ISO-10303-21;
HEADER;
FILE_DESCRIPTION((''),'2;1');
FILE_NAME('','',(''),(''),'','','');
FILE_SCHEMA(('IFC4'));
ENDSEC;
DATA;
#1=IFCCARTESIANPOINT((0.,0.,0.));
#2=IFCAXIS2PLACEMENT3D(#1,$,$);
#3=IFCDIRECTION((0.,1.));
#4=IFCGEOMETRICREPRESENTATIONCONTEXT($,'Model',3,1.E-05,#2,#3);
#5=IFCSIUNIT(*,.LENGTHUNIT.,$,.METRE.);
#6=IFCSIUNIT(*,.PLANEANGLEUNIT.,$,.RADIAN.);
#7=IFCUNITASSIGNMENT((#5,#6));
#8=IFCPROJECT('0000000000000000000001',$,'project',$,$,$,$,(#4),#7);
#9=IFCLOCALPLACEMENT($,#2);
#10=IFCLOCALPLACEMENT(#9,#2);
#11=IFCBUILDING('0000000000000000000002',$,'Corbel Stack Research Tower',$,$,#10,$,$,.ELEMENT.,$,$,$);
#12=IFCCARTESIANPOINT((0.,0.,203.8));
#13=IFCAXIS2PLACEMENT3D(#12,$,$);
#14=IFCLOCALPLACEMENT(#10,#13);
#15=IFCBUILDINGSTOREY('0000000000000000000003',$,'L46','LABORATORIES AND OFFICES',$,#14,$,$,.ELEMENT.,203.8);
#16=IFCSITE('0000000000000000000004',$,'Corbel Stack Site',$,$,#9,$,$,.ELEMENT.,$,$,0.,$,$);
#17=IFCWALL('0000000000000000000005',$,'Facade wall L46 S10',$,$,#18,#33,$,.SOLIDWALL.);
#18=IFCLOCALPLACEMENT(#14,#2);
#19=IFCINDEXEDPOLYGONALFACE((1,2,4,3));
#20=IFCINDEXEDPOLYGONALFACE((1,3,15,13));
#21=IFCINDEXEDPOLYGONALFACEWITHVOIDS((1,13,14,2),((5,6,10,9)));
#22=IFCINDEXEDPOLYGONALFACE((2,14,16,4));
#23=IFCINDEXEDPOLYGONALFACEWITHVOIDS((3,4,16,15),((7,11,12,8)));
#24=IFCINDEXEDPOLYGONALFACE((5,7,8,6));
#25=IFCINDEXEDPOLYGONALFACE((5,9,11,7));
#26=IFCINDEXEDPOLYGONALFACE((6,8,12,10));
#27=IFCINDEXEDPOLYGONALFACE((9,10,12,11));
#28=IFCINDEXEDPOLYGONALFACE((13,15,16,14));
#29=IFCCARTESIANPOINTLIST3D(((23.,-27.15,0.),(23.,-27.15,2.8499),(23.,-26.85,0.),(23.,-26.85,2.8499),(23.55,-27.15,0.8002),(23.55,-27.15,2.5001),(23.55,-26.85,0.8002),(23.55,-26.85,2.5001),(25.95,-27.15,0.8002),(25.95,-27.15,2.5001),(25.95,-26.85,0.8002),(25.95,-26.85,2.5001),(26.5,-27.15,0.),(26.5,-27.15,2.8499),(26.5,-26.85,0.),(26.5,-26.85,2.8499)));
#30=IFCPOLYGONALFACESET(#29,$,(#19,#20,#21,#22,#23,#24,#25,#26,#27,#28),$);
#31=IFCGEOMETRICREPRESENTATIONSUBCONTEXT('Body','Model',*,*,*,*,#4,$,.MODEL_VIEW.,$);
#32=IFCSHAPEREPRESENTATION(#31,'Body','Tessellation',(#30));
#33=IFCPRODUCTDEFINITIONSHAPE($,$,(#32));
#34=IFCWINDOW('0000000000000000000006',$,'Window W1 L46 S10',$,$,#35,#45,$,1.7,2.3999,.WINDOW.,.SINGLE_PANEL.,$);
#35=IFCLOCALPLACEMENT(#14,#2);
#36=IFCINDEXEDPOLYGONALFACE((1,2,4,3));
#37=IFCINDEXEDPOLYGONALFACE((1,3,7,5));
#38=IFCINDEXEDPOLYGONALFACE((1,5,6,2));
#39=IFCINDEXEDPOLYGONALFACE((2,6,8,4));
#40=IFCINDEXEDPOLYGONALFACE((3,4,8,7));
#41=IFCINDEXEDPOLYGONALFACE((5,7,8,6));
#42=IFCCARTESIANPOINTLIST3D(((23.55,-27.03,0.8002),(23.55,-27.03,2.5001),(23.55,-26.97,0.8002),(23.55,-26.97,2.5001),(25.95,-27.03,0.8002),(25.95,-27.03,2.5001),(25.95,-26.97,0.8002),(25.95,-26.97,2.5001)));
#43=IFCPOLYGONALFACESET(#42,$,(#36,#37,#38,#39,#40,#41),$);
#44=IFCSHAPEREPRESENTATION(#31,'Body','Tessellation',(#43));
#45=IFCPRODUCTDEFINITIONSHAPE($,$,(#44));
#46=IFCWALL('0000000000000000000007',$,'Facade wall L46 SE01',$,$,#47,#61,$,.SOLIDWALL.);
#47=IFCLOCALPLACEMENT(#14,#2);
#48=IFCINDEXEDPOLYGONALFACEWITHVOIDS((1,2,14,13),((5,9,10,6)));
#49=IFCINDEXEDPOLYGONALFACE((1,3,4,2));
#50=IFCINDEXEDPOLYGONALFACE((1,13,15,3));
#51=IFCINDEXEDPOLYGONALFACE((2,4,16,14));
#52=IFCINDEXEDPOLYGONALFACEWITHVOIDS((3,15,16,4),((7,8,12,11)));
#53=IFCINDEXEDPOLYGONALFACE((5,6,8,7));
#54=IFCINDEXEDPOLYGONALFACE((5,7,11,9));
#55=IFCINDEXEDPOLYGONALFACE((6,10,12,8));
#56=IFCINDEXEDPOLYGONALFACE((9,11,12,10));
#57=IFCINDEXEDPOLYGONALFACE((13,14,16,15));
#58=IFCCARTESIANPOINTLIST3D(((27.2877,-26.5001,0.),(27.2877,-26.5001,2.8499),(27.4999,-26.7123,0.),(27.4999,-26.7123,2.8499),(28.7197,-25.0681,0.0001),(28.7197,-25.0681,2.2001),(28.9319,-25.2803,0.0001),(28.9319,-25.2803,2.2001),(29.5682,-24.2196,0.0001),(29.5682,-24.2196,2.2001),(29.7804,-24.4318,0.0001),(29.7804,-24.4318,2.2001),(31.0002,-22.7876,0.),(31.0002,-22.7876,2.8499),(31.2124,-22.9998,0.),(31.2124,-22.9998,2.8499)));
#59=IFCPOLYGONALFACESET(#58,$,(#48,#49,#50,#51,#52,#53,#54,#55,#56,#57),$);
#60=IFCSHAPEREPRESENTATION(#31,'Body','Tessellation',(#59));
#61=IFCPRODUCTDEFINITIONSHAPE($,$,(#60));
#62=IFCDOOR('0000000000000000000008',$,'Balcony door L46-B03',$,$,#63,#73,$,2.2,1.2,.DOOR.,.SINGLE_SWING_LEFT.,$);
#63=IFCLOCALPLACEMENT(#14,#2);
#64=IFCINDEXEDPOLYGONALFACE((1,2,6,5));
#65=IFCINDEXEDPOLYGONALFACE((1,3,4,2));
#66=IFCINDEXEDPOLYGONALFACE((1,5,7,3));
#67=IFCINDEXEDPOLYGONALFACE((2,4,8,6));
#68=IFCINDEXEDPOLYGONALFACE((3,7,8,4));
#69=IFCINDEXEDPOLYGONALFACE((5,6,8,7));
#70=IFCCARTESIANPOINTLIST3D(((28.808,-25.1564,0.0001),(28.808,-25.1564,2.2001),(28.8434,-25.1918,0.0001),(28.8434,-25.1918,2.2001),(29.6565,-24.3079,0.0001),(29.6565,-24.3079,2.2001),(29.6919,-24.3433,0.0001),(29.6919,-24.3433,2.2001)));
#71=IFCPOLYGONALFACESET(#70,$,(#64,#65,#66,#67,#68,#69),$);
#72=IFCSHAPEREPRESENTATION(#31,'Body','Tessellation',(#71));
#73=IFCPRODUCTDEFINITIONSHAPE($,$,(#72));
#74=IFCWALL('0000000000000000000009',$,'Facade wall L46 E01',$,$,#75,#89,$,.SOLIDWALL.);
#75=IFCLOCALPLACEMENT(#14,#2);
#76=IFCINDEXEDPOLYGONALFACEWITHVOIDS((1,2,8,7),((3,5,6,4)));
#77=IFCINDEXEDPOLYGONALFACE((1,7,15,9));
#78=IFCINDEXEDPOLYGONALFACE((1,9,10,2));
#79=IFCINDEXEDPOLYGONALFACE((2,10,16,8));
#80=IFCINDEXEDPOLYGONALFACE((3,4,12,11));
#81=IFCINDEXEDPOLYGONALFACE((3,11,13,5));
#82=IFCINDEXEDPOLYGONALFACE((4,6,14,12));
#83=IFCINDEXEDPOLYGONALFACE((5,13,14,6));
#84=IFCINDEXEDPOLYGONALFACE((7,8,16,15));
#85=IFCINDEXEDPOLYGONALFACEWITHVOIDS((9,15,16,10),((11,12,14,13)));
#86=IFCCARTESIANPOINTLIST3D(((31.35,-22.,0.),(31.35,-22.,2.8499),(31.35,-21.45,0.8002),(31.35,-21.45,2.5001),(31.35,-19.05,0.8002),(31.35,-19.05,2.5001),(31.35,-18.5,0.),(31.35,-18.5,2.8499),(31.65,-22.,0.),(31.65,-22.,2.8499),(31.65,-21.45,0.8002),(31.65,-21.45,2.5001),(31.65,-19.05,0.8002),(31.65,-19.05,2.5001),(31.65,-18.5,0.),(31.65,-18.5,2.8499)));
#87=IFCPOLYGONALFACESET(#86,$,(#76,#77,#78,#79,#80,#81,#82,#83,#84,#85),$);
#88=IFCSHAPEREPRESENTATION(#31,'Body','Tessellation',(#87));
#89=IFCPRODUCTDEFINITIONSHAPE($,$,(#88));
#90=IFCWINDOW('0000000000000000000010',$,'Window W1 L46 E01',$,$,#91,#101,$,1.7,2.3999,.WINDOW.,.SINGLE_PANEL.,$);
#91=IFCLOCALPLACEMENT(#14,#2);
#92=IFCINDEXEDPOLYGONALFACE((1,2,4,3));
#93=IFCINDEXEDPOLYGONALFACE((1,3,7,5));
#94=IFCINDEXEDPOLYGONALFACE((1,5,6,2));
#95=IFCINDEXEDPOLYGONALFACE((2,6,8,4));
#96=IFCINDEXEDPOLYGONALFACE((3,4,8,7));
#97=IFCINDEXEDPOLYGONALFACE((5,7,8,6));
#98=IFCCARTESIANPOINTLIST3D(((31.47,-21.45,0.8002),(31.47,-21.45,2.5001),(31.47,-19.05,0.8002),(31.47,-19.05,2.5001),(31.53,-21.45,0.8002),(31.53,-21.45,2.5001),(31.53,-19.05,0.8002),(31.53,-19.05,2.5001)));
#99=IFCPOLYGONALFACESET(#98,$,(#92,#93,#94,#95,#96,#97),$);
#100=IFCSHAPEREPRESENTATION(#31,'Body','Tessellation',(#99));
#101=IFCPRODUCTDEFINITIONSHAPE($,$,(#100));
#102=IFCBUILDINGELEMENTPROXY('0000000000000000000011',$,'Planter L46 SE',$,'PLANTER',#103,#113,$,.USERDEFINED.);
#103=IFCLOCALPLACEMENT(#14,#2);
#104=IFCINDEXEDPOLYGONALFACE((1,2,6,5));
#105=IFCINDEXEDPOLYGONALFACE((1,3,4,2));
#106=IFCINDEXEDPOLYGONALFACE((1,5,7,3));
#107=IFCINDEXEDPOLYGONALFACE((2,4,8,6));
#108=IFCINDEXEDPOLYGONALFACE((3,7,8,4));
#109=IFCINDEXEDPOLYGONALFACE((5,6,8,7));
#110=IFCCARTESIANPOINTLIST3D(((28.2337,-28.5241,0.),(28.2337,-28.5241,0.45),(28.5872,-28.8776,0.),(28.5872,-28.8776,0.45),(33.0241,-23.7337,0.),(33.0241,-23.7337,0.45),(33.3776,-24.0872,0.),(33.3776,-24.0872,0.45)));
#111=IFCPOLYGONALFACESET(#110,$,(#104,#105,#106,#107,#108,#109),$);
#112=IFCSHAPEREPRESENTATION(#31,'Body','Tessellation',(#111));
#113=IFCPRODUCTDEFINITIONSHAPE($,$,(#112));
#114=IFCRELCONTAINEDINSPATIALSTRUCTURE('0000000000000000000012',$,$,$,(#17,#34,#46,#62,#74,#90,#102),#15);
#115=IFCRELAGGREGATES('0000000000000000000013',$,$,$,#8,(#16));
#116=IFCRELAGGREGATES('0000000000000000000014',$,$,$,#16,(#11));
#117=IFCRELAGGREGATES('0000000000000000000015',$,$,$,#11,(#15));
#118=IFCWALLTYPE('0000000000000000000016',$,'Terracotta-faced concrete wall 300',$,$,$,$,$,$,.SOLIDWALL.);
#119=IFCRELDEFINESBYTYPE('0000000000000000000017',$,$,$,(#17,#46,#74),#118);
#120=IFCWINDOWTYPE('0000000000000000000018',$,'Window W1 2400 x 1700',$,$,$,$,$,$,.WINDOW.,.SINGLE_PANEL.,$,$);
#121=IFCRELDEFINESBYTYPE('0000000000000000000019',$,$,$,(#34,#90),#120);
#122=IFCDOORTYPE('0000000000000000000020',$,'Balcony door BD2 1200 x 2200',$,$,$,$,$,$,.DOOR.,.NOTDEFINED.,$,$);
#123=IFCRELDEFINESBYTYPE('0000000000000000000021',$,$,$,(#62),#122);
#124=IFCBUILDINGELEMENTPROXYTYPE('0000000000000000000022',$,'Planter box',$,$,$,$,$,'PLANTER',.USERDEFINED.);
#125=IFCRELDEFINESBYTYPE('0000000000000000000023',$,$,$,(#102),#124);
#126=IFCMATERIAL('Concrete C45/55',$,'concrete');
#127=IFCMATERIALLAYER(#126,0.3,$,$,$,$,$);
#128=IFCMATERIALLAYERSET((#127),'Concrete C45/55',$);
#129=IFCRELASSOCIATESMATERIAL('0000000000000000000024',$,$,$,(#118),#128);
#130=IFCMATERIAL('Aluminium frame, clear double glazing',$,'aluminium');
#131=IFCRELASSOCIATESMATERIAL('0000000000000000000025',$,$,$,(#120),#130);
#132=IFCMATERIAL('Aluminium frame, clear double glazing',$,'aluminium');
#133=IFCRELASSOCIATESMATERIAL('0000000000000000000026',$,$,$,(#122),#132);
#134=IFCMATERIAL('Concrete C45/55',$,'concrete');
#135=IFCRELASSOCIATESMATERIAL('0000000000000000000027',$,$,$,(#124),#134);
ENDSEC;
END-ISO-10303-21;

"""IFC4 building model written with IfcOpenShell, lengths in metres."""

from ifc_helpers import new_model, si_unit, direction, frame, frame_2d, origin, origin_2d, place, context, subcontext, project, spatial, rectangle, extrude, material, layer, layer_set, type_object, element, fill, save


model = new_model("IFC4")

# Units and contexts
model_context = context("Model", 3, precision=1e-05, world=origin(), true_north=direction((0.0, 1.0)))
body_context = subcontext(model_context, "Body", "Model", "MODEL_VIEW")
ifc_project = project(units=[si_unit("LENGTHUNIT", "METRE"), si_unit("PLANEANGLEUNIT", "RADIAN")], contexts=[model_context])

# Site, building, storey
site_placement = place(None, origin())
site = spatial("IfcSite", under=ifc_project, at=site_placement, Name="Corbel Stack Site", CompositionType="ELEMENT", RefElevation=0.0)
building_placement = place(site_placement, origin())
building = spatial("IfcBuilding", under=site, at=building_placement, Name="Corbel Stack Research Tower", CompositionType="ELEMENT")
storey_placement = place(building_placement, frame((0.0, 0.0, 203.8)))
storey = spatial("IfcBuildingStorey", under=building, at=storey_placement, Name="L46", Description="LABORATORIES AND OFFICES", CompositionType="ELEMENT", Elevation=203.8)

# Shared definitions
ifc_material_1 = material(Name="Concrete C45/55", Category="concrete")
ifc_layer_1 = layer(ifc_material_1, 0.3)
ifc_layer_set_1 = layer_set([ifc_layer_1], Name="Concrete C45/55")
wall_type_1 = type_object("IfcWallType", Name="Terracotta-faced concrete wall 300", PredefinedType="SOLIDWALL", material=ifc_layer_set_1)
ifc_material_2 = material(Name="Aluminium frame, clear double glazing", Category="aluminium")
window_type = type_object("IfcWindowType", Name="Window W1 2400 x 1700", PartitioningType="SINGLE_PANEL", PredefinedType="WINDOW", material=ifc_material_2)

# Wall, opening, window
wall_1_placement = place(storey_placement, frame((26.5, -27.0, 0.0), z_axis=(0.0, 0.0, 1.0), x_axis=(-1.0, 0.0, 0.0)))
wall_1 = element("IfcWall", 1, at=wall_1_placement, inside=storey, type_object=wall_type_1, Name="Facade wall L46 S10", PredefinedType="SOLIDWALL", context=body_context, shape_type="SweptSolid", body=[
    extrude(rectangle(XDim=3.5, YDim=0.3, at=frame_2d((1.75, 0.0))), origin(), (0.0, 0.0, 1.0), 2.8499),
])
opening_1_placement = place(wall_1_placement, frame((0.55, 0.0, 0.8)))
opening_1 = element("IfcOpeningElement", 2, at=opening_1_placement, cuts=wall_1, PredefinedType="OPENING", context=body_context, shape_type="SweptSolid", body=[
    extrude(rectangle(XDim=2.3999, YDim=1.7, at=frame_2d((1.2, 0.8501))), frame((0.0, 0.1599, 0.0), z_axis=(0.0, -1.0, 0.0), x_axis=(1.0, 0.0, 0.0)), (0.0, 0.0, 1.0), 0.3201),
])
window_1_placement = place(opening_1_placement, origin())
window_1 = element("IfcWindow", 3, at=window_1_placement, inside=storey, type_object=window_type, Name="Window W1 L46 S10", OverallHeight=1.7, OverallWidth=2.3999, PartitioningType="SINGLE_PANEL", PredefinedType="WINDOW", context=body_context, shape_type="SweptSolid", body=[
    extrude(rectangle(XDim=2.3999, YDim=1.7, at=frame_2d((1.2, 0.8501))), frame((0.0, 0.03, 0.0), z_axis=(0.0, -1.0, 0.0), x_axis=(1.0, 0.0, 0.0)), (0.0, 0.0, 1.0), 0.0601),
])
fill(opening_1, window_1)

# Wall, opening, door
wall_2_placement = place(storey_placement, frame((31.1062, -22.8938, 0.0), z_axis=(0.0, 0.0, 1.0), x_axis=(-0.707107, -0.707107, 0.0)))
wall_2 = element("IfcWall", 4, at=wall_2_placement, inside=storey, type_object=wall_type_1, Name="Facade wall L46 SE01", PredefinedType="SOLIDWALL", context=body_context, shape_type="SweptSolid", body=[
    extrude(rectangle(XDim=5.2502, YDim=0.3, at=frame_2d((2.625, 0.0))), origin(), (0.0, 0.0, 1.0), 2.8499),
])
opening_2_placement = place(wall_2_placement, frame((2.0249, 0.0, 0.0)))
opening_2 = element("IfcOpeningElement", 5, at=opening_2_placement, cuts=wall_2, PredefinedType="OPENING", context=body_context, shape_type="SweptSolid", body=[
    extrude(rectangle(XDim=1.2, YDim=2.2, at=frame_2d((0.6001, 1.1001))), frame((0.0, 0.1599, 0.0), z_axis=(0.0, -1.0, 0.0), x_axis=(1.0, 0.0, 0.0)), (0.0, 0.0, 1.0), 0.3201),
])
ifc_material_3 = material(Name="Aluminium frame, clear double glazing", Category="aluminium")
door_type_1 = type_object("IfcDoorType", Name="Balcony door BD2 1200 x 2200", OperationType="NOTDEFINED", PredefinedType="DOOR", material=ifc_material_3)
door_1_placement = place(opening_2_placement, origin())
door_1 = element("IfcDoor", 6, at=door_1_placement, inside=storey, type_object=door_type_1, Name="Balcony door L46-B03", OperationType="SINGLE_SWING_LEFT", OverallHeight=2.2, OverallWidth=1.2, PredefinedType="DOOR", context=body_context, shape_type="SweptSolid", body=[
    extrude(rectangle(XDim=1.2, YDim=2.2, at=frame_2d((0.6001, 1.1001))), frame((0.0, 0.0249, 0.0), z_axis=(0.0, -1.0, 0.0), x_axis=(1.0, 0.0, 0.0)), (0.0, 0.0, 1.0), 0.05),
])
fill(opening_2, door_1)

# Wall, opening, window
wall_3_placement = place(storey_placement, frame((31.5, -18.5, 0.0), z_axis=(0.0, 0.0, 1.0), x_axis=(0.0, -1.0, 0.0)))
wall_3 = element("IfcWall", 7, at=wall_3_placement, inside=storey, type_object=wall_type_1, Name="Facade wall L46 E01", PredefinedType="SOLIDWALL", context=body_context, shape_type="SweptSolid", body=[
    extrude(rectangle(XDim=3.5, YDim=0.3, at=frame_2d((1.75, 0.0))), origin(), (0.0, 0.0, 1.0), 2.8499),
])
opening_3_placement = place(wall_3_placement, frame((0.55, 0.0, 0.8)))
opening_3 = element("IfcOpeningElement", 8, at=opening_3_placement, cuts=wall_3, PredefinedType="OPENING", context=body_context, shape_type="SweptSolid", body=[
    extrude(rectangle(XDim=2.3999, YDim=1.7, at=frame_2d((1.2, 0.8501))), frame((0.0, 0.1599, 0.0), z_axis=(0.0, -1.0, 0.0), x_axis=(1.0, 0.0, 0.0)), (0.0, 0.0, 1.0), 0.3201),
])
window_2_placement = place(opening_3_placement, origin())
window_2 = element("IfcWindow", 9, at=window_2_placement, inside=storey, type_object=window_type, Name="Window W1 L46 E01", OverallHeight=1.7, OverallWidth=2.3999, PartitioningType="SINGLE_PANEL", PredefinedType="WINDOW", context=body_context, shape_type="SweptSolid", body=[
    extrude(rectangle(XDim=2.3999, YDim=1.7, at=frame_2d((1.2, 0.8501))), frame((0.0, 0.03, 0.0), z_axis=(0.0, -1.0, 0.0), x_axis=(1.0, 0.0, 0.0)), (0.0, 0.0, 1.0), 0.0601),
])
fill(opening_3, window_2)

# Building element proxy
ifc_material_4 = material(Name="Concrete C45/55", Category="concrete")
building_element_proxy_type = type_object("IfcBuildingElementProxyType", Name="Planter box", ElementType="PLANTER", PredefinedType="USERDEFINED", material=ifc_material_4)
proxy_placement = place(storey_placement, frame((30.8057, -26.3057, 0.0), z_axis=(0.0, 0.0, 1.0), x_axis=(0.707107, 0.707107, 0.0)))
element("IfcBuildingElementProxy", 10, at=proxy_placement, inside=storey, type_object=building_element_proxy_type, Name="Planter L46 SE", ObjectType="PLANTER", PredefinedType="USERDEFINED", context=body_context, shape_type="SweptSolid", body=[
    extrude(rectangle(XDim=6.7747, YDim=0.5, at=origin_2d()), origin(), (0.0, 0.0, 1.0), 0.45),
])

save(model, "model.ifc")
